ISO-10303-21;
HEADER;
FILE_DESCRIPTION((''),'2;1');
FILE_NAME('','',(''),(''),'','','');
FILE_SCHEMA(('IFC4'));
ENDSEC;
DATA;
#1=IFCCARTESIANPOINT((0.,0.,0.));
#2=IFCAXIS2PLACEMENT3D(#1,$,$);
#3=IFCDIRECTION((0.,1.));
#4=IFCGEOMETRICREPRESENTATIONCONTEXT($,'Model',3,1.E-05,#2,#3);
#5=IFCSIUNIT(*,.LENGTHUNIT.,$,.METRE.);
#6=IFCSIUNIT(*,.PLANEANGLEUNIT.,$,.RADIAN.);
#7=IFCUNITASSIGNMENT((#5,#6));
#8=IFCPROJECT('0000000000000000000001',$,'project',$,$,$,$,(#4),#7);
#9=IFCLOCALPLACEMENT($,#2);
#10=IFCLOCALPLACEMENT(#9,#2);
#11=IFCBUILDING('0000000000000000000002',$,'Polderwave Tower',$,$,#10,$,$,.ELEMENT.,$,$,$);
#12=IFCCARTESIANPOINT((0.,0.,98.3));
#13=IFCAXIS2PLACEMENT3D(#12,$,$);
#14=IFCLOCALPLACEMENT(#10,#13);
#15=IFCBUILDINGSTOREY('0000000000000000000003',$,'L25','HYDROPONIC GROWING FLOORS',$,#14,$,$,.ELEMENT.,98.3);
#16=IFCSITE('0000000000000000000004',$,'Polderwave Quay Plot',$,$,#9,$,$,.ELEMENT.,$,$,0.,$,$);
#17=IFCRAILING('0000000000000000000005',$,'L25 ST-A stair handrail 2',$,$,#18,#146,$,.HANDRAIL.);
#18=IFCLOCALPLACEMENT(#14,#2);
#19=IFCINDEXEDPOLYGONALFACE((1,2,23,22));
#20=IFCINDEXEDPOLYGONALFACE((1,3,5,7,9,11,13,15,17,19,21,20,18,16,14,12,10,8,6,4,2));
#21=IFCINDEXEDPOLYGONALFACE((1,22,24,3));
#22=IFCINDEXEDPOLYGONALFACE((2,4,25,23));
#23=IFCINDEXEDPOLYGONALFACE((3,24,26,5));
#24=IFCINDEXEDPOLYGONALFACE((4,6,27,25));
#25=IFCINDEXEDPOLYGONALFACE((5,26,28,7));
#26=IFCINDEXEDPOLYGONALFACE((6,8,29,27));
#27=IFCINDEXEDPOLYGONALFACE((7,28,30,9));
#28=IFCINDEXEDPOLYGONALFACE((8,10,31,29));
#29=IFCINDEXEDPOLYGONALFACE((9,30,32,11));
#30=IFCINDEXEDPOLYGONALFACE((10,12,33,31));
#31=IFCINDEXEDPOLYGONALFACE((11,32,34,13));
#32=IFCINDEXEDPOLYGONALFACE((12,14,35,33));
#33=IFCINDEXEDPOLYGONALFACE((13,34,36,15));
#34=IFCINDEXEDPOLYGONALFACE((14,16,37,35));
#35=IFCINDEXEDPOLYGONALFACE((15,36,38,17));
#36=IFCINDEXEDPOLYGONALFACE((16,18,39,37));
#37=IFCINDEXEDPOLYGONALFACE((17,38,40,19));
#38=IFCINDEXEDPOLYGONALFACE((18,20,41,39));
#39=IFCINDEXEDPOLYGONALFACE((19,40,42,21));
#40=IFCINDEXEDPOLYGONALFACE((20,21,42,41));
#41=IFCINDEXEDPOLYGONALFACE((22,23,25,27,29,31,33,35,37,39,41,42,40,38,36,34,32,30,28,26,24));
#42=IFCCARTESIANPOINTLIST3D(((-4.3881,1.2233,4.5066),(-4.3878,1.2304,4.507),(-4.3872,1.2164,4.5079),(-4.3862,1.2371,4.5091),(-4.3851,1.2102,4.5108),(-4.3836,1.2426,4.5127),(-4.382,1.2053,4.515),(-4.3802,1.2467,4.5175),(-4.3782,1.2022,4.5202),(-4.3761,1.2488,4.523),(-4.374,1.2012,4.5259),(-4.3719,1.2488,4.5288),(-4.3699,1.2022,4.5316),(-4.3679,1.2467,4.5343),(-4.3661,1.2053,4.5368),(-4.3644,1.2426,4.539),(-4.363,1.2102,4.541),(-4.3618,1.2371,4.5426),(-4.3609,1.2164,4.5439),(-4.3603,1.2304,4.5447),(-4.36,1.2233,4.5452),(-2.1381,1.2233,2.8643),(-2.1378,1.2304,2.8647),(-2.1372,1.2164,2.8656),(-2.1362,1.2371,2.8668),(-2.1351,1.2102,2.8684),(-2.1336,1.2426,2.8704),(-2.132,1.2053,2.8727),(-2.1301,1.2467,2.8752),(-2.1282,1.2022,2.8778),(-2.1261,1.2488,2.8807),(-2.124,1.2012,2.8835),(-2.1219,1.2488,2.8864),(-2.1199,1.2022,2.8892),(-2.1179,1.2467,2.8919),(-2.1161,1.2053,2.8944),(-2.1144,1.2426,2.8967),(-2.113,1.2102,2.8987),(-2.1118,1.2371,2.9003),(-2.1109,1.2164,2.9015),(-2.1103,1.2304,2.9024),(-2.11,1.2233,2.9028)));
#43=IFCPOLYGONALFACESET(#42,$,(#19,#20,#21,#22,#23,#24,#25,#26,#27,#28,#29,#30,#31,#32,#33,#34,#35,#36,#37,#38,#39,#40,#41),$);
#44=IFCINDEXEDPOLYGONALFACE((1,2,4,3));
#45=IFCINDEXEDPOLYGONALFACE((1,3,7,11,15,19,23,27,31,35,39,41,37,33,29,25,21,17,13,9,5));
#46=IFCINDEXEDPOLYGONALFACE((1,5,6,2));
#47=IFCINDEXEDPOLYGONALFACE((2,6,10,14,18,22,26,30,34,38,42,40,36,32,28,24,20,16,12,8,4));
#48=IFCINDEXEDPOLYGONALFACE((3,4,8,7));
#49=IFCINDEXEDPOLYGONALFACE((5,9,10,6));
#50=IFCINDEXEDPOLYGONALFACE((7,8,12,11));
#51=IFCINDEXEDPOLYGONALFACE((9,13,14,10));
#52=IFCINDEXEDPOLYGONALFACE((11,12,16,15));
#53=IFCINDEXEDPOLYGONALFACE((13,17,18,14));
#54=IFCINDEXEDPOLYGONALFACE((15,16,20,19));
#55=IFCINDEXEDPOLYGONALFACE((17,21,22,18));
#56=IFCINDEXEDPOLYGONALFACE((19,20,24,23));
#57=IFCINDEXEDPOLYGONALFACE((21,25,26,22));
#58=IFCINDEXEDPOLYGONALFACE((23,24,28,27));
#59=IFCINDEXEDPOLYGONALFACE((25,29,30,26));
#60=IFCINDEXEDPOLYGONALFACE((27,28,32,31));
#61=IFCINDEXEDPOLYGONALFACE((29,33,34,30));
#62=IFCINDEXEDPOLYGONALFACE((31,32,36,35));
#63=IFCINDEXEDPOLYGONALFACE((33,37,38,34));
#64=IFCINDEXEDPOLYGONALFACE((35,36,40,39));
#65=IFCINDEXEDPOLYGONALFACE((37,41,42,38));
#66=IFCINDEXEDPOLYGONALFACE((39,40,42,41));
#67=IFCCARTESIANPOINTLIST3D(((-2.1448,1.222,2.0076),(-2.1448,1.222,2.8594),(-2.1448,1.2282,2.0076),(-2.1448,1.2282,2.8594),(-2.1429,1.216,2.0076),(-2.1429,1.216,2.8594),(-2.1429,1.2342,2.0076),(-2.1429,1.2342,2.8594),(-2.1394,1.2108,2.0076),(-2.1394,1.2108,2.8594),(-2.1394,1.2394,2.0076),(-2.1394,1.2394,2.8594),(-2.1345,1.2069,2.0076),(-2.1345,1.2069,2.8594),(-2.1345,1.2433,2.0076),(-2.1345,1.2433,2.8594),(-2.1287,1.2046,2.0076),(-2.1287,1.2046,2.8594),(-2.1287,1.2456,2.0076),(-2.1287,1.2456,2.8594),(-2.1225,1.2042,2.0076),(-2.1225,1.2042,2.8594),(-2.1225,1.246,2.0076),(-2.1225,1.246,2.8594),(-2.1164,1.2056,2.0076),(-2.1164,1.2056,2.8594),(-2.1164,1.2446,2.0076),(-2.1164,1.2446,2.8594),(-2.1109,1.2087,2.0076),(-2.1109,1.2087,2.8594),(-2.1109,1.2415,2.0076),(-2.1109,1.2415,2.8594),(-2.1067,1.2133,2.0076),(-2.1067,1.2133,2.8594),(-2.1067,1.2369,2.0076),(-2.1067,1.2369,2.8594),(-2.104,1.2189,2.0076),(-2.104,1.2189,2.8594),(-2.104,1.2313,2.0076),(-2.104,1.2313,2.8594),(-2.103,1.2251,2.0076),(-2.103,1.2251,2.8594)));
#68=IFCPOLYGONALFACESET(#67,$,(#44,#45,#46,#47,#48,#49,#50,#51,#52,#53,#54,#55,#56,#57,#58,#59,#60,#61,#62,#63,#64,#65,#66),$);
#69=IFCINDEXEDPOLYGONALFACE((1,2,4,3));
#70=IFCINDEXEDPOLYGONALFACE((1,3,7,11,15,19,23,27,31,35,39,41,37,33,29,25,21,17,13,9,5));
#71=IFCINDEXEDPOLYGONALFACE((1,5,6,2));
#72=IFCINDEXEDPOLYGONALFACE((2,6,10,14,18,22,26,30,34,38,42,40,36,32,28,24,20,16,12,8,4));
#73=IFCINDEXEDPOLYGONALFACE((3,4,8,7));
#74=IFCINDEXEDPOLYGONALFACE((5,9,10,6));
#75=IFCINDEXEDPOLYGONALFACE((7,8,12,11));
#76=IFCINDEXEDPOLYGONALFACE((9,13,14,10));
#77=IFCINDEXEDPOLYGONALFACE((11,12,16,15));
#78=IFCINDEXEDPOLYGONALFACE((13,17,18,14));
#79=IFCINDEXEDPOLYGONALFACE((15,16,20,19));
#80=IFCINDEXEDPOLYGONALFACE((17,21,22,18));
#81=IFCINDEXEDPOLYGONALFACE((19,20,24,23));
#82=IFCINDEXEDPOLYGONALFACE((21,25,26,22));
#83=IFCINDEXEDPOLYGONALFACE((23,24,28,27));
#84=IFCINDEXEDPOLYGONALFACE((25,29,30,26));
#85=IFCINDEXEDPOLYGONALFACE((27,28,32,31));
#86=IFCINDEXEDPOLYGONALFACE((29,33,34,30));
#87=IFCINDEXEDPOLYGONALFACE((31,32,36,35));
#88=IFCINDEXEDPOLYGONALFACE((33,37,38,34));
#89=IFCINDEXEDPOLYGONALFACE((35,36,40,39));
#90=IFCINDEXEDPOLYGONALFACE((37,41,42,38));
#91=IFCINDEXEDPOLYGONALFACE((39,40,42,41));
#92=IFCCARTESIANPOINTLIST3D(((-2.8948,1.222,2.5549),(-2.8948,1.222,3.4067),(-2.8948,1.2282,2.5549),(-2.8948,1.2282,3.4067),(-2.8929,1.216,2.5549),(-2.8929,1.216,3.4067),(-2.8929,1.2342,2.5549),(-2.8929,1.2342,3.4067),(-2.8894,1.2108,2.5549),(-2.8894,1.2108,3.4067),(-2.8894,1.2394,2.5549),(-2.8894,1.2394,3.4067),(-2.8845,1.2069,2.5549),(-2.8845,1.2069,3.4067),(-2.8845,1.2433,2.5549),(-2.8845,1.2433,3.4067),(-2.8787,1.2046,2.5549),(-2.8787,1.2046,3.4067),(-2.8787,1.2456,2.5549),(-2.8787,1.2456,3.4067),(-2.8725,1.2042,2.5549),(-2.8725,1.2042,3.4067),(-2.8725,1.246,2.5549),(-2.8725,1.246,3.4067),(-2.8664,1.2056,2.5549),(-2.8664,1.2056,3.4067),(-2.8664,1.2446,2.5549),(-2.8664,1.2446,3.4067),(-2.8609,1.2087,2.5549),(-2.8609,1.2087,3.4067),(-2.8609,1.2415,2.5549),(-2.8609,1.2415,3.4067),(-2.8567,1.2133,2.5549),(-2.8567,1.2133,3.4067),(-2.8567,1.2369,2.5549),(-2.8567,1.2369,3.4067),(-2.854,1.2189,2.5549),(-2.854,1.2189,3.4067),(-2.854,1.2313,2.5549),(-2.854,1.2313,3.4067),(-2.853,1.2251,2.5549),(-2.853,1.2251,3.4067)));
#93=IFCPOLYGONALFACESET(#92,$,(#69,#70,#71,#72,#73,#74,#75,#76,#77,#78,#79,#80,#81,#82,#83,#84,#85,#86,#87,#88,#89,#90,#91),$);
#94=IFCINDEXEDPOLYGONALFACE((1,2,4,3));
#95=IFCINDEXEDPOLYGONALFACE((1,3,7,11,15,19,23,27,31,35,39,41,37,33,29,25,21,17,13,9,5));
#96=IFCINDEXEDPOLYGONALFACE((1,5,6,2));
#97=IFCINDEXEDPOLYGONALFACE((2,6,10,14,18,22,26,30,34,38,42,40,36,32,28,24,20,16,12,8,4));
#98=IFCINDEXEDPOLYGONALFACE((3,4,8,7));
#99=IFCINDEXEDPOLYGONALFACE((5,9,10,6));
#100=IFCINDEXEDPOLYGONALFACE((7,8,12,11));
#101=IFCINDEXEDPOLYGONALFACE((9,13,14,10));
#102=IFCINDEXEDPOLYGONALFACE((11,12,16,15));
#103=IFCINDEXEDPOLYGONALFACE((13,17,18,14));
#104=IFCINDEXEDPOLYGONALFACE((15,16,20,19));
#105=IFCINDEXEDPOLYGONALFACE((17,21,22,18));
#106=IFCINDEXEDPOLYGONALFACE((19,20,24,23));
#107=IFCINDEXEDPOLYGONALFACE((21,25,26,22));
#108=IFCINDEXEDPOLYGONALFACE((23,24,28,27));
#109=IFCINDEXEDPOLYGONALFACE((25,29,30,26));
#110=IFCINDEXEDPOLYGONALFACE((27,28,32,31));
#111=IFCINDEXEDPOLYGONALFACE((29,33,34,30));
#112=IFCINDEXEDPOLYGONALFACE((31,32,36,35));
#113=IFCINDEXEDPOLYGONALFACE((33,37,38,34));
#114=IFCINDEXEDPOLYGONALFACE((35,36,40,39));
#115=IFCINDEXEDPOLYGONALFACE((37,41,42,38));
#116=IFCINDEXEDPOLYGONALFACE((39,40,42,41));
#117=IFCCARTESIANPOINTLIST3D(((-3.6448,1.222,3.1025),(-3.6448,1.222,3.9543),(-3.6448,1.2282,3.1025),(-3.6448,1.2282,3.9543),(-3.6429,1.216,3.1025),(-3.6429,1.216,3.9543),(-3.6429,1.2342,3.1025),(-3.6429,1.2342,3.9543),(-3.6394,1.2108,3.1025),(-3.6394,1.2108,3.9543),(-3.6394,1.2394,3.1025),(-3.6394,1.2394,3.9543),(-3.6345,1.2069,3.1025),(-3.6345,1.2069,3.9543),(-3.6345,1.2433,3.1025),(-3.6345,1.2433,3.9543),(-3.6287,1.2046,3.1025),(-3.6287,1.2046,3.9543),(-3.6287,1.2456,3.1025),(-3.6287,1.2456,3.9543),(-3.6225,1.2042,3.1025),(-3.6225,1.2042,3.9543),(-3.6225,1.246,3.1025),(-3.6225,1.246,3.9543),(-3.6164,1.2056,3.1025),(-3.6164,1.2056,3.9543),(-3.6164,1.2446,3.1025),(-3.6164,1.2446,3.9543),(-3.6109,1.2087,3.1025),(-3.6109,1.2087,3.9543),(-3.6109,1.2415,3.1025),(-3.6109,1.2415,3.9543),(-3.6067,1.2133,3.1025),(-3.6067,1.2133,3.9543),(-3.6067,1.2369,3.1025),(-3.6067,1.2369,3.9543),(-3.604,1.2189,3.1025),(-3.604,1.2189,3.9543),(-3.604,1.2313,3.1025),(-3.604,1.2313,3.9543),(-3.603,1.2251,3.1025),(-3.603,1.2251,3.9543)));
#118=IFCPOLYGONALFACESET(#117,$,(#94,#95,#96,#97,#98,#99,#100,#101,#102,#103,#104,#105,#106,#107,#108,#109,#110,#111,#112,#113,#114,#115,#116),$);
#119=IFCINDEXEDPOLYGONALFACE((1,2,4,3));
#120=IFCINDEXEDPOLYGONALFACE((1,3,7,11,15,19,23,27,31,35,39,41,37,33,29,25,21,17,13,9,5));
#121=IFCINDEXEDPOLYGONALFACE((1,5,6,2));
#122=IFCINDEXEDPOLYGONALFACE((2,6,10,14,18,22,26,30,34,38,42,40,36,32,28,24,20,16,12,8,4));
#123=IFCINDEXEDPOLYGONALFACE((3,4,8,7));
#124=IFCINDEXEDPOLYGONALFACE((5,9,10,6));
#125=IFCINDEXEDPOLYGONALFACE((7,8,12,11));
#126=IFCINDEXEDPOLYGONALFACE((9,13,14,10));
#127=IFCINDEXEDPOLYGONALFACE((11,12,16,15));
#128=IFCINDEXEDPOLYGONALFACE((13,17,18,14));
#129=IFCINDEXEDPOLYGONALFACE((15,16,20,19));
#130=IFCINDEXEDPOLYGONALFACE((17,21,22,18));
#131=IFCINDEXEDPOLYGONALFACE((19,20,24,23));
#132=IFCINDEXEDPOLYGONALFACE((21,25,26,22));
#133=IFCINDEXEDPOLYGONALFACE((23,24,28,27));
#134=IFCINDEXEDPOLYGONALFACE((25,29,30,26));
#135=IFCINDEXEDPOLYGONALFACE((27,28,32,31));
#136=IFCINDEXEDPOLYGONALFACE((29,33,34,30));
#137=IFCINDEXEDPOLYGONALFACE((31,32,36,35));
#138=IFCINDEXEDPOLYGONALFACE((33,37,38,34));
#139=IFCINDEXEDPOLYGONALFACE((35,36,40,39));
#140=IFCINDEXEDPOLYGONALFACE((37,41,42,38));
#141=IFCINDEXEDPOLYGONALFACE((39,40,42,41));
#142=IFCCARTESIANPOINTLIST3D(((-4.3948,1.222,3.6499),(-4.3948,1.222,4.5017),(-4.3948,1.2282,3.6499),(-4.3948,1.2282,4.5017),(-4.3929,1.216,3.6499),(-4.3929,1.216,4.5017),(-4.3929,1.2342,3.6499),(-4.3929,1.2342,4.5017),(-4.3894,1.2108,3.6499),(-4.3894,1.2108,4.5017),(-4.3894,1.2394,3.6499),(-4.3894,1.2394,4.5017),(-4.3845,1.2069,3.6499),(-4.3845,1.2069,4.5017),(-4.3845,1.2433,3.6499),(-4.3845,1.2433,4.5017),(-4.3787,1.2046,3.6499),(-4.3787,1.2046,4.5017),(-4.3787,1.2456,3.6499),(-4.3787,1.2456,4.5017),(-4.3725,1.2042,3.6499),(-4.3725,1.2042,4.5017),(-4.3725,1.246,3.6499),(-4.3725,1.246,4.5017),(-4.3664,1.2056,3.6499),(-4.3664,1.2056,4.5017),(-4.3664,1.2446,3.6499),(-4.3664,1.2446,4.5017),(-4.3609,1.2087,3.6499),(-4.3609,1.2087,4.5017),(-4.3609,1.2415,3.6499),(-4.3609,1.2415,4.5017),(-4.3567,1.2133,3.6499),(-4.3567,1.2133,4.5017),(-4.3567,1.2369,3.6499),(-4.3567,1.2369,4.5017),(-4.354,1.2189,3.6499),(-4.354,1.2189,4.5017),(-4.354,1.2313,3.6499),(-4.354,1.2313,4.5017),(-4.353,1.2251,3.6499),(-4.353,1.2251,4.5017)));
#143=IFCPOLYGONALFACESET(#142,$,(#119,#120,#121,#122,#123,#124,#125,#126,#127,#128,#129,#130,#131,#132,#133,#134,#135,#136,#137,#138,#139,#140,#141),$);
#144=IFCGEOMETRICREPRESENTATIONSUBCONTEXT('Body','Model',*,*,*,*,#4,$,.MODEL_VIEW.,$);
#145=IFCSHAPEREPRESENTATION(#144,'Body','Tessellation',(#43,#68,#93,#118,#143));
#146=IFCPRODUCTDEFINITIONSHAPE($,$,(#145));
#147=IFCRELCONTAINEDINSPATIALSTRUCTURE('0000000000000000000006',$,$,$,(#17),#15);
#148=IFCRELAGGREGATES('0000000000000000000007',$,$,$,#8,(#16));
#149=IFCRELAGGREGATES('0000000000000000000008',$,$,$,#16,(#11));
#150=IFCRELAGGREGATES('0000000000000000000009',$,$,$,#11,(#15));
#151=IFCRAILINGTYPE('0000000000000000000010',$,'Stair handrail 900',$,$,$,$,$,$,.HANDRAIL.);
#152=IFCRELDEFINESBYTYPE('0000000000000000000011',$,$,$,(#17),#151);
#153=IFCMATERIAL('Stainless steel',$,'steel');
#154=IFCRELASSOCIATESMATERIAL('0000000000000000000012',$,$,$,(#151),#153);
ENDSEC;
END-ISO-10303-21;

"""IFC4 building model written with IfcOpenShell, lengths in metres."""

from ifc_helpers import new_model, si_unit, direction, frame, origin, origin_2d, place, context, subcontext, project, spatial, circle, extrude, material, type_object, element, save


model = new_model("IFC4")

# Units and contexts
model_context = context("Model", 3, precision=1e-05, world=origin(), true_north=direction((0.0, 1.0)))
body_context = subcontext(model_context, "Body", "Model", "MODEL_VIEW")
ifc_project = project(units=[si_unit("LENGTHUNIT", "METRE"), si_unit("PLANEANGLEUNIT", "RADIAN")], contexts=[model_context])

# Site, building, storey
site_placement = place(None, origin())
site = spatial("IfcSite", under=ifc_project, at=site_placement, Name="Polderwave Quay Plot", CompositionType="ELEMENT", RefElevation=0.0)
building_placement = place(site_placement, origin())
building = spatial("IfcBuilding", under=site, at=building_placement, Name="Polderwave Tower", CompositionType="ELEMENT")
storey_placement = place(building_placement, frame((0.0, 0.0, 98.3)))
storey = spatial("IfcBuildingStorey", under=building, at=storey_placement, Name="L25", Description="HYDROPONIC GROWING FLOORS", CompositionType="ELEMENT", Elevation=98.3)

# Railing
ifc_material_1 = material(Name="Stainless steel", Category="steel")
railing_type_1 = type_object("IfcRailingType", Name="Stair handrail 900", PredefinedType="HANDRAIL", material=ifc_material_1)
railing_1_placement = place(storey_placement, frame((-2.124, 1.2251, 2.0076)))
element("IfcRailing", 1, at=railing_1_placement, inside=storey, type_object=railing_type_1, Name="L25 ST-A stair handrail 2", PredefinedType="HANDRAIL", context=body_context, shape_type="SweptSolid", body=[
    extrude(circle(Radius=0.0239, at=origin_2d()), frame((0.0, 0.0, 0.876), z_axis=(-0.807715, 0.0, 0.589573), x_axis=(0.0, -1.0, 0.0)), (0.0, 0.0, 1.0), 2.7856),
    extrude(circle(Radius=0.021, at=origin_2d()), origin(), (0.0, 0.0, 1.0), 0.8518),
    extrude(circle(Radius=0.021, at=origin_2d()), frame((-0.75, 0.0, 0.5474)), (0.0, 0.0, 1.0), 0.8518),
    extrude(circle(Radius=0.021, at=origin_2d()), frame((-1.5, 0.0, 1.095)), (0.0, 0.0, 1.0), 0.8518),
    extrude(circle(Radius=0.021, at=origin_2d()), frame((-2.25, 0.0, 1.6423)), (0.0, 0.0, 1.0), 0.8518),
])

save(model, "model.ifc")
